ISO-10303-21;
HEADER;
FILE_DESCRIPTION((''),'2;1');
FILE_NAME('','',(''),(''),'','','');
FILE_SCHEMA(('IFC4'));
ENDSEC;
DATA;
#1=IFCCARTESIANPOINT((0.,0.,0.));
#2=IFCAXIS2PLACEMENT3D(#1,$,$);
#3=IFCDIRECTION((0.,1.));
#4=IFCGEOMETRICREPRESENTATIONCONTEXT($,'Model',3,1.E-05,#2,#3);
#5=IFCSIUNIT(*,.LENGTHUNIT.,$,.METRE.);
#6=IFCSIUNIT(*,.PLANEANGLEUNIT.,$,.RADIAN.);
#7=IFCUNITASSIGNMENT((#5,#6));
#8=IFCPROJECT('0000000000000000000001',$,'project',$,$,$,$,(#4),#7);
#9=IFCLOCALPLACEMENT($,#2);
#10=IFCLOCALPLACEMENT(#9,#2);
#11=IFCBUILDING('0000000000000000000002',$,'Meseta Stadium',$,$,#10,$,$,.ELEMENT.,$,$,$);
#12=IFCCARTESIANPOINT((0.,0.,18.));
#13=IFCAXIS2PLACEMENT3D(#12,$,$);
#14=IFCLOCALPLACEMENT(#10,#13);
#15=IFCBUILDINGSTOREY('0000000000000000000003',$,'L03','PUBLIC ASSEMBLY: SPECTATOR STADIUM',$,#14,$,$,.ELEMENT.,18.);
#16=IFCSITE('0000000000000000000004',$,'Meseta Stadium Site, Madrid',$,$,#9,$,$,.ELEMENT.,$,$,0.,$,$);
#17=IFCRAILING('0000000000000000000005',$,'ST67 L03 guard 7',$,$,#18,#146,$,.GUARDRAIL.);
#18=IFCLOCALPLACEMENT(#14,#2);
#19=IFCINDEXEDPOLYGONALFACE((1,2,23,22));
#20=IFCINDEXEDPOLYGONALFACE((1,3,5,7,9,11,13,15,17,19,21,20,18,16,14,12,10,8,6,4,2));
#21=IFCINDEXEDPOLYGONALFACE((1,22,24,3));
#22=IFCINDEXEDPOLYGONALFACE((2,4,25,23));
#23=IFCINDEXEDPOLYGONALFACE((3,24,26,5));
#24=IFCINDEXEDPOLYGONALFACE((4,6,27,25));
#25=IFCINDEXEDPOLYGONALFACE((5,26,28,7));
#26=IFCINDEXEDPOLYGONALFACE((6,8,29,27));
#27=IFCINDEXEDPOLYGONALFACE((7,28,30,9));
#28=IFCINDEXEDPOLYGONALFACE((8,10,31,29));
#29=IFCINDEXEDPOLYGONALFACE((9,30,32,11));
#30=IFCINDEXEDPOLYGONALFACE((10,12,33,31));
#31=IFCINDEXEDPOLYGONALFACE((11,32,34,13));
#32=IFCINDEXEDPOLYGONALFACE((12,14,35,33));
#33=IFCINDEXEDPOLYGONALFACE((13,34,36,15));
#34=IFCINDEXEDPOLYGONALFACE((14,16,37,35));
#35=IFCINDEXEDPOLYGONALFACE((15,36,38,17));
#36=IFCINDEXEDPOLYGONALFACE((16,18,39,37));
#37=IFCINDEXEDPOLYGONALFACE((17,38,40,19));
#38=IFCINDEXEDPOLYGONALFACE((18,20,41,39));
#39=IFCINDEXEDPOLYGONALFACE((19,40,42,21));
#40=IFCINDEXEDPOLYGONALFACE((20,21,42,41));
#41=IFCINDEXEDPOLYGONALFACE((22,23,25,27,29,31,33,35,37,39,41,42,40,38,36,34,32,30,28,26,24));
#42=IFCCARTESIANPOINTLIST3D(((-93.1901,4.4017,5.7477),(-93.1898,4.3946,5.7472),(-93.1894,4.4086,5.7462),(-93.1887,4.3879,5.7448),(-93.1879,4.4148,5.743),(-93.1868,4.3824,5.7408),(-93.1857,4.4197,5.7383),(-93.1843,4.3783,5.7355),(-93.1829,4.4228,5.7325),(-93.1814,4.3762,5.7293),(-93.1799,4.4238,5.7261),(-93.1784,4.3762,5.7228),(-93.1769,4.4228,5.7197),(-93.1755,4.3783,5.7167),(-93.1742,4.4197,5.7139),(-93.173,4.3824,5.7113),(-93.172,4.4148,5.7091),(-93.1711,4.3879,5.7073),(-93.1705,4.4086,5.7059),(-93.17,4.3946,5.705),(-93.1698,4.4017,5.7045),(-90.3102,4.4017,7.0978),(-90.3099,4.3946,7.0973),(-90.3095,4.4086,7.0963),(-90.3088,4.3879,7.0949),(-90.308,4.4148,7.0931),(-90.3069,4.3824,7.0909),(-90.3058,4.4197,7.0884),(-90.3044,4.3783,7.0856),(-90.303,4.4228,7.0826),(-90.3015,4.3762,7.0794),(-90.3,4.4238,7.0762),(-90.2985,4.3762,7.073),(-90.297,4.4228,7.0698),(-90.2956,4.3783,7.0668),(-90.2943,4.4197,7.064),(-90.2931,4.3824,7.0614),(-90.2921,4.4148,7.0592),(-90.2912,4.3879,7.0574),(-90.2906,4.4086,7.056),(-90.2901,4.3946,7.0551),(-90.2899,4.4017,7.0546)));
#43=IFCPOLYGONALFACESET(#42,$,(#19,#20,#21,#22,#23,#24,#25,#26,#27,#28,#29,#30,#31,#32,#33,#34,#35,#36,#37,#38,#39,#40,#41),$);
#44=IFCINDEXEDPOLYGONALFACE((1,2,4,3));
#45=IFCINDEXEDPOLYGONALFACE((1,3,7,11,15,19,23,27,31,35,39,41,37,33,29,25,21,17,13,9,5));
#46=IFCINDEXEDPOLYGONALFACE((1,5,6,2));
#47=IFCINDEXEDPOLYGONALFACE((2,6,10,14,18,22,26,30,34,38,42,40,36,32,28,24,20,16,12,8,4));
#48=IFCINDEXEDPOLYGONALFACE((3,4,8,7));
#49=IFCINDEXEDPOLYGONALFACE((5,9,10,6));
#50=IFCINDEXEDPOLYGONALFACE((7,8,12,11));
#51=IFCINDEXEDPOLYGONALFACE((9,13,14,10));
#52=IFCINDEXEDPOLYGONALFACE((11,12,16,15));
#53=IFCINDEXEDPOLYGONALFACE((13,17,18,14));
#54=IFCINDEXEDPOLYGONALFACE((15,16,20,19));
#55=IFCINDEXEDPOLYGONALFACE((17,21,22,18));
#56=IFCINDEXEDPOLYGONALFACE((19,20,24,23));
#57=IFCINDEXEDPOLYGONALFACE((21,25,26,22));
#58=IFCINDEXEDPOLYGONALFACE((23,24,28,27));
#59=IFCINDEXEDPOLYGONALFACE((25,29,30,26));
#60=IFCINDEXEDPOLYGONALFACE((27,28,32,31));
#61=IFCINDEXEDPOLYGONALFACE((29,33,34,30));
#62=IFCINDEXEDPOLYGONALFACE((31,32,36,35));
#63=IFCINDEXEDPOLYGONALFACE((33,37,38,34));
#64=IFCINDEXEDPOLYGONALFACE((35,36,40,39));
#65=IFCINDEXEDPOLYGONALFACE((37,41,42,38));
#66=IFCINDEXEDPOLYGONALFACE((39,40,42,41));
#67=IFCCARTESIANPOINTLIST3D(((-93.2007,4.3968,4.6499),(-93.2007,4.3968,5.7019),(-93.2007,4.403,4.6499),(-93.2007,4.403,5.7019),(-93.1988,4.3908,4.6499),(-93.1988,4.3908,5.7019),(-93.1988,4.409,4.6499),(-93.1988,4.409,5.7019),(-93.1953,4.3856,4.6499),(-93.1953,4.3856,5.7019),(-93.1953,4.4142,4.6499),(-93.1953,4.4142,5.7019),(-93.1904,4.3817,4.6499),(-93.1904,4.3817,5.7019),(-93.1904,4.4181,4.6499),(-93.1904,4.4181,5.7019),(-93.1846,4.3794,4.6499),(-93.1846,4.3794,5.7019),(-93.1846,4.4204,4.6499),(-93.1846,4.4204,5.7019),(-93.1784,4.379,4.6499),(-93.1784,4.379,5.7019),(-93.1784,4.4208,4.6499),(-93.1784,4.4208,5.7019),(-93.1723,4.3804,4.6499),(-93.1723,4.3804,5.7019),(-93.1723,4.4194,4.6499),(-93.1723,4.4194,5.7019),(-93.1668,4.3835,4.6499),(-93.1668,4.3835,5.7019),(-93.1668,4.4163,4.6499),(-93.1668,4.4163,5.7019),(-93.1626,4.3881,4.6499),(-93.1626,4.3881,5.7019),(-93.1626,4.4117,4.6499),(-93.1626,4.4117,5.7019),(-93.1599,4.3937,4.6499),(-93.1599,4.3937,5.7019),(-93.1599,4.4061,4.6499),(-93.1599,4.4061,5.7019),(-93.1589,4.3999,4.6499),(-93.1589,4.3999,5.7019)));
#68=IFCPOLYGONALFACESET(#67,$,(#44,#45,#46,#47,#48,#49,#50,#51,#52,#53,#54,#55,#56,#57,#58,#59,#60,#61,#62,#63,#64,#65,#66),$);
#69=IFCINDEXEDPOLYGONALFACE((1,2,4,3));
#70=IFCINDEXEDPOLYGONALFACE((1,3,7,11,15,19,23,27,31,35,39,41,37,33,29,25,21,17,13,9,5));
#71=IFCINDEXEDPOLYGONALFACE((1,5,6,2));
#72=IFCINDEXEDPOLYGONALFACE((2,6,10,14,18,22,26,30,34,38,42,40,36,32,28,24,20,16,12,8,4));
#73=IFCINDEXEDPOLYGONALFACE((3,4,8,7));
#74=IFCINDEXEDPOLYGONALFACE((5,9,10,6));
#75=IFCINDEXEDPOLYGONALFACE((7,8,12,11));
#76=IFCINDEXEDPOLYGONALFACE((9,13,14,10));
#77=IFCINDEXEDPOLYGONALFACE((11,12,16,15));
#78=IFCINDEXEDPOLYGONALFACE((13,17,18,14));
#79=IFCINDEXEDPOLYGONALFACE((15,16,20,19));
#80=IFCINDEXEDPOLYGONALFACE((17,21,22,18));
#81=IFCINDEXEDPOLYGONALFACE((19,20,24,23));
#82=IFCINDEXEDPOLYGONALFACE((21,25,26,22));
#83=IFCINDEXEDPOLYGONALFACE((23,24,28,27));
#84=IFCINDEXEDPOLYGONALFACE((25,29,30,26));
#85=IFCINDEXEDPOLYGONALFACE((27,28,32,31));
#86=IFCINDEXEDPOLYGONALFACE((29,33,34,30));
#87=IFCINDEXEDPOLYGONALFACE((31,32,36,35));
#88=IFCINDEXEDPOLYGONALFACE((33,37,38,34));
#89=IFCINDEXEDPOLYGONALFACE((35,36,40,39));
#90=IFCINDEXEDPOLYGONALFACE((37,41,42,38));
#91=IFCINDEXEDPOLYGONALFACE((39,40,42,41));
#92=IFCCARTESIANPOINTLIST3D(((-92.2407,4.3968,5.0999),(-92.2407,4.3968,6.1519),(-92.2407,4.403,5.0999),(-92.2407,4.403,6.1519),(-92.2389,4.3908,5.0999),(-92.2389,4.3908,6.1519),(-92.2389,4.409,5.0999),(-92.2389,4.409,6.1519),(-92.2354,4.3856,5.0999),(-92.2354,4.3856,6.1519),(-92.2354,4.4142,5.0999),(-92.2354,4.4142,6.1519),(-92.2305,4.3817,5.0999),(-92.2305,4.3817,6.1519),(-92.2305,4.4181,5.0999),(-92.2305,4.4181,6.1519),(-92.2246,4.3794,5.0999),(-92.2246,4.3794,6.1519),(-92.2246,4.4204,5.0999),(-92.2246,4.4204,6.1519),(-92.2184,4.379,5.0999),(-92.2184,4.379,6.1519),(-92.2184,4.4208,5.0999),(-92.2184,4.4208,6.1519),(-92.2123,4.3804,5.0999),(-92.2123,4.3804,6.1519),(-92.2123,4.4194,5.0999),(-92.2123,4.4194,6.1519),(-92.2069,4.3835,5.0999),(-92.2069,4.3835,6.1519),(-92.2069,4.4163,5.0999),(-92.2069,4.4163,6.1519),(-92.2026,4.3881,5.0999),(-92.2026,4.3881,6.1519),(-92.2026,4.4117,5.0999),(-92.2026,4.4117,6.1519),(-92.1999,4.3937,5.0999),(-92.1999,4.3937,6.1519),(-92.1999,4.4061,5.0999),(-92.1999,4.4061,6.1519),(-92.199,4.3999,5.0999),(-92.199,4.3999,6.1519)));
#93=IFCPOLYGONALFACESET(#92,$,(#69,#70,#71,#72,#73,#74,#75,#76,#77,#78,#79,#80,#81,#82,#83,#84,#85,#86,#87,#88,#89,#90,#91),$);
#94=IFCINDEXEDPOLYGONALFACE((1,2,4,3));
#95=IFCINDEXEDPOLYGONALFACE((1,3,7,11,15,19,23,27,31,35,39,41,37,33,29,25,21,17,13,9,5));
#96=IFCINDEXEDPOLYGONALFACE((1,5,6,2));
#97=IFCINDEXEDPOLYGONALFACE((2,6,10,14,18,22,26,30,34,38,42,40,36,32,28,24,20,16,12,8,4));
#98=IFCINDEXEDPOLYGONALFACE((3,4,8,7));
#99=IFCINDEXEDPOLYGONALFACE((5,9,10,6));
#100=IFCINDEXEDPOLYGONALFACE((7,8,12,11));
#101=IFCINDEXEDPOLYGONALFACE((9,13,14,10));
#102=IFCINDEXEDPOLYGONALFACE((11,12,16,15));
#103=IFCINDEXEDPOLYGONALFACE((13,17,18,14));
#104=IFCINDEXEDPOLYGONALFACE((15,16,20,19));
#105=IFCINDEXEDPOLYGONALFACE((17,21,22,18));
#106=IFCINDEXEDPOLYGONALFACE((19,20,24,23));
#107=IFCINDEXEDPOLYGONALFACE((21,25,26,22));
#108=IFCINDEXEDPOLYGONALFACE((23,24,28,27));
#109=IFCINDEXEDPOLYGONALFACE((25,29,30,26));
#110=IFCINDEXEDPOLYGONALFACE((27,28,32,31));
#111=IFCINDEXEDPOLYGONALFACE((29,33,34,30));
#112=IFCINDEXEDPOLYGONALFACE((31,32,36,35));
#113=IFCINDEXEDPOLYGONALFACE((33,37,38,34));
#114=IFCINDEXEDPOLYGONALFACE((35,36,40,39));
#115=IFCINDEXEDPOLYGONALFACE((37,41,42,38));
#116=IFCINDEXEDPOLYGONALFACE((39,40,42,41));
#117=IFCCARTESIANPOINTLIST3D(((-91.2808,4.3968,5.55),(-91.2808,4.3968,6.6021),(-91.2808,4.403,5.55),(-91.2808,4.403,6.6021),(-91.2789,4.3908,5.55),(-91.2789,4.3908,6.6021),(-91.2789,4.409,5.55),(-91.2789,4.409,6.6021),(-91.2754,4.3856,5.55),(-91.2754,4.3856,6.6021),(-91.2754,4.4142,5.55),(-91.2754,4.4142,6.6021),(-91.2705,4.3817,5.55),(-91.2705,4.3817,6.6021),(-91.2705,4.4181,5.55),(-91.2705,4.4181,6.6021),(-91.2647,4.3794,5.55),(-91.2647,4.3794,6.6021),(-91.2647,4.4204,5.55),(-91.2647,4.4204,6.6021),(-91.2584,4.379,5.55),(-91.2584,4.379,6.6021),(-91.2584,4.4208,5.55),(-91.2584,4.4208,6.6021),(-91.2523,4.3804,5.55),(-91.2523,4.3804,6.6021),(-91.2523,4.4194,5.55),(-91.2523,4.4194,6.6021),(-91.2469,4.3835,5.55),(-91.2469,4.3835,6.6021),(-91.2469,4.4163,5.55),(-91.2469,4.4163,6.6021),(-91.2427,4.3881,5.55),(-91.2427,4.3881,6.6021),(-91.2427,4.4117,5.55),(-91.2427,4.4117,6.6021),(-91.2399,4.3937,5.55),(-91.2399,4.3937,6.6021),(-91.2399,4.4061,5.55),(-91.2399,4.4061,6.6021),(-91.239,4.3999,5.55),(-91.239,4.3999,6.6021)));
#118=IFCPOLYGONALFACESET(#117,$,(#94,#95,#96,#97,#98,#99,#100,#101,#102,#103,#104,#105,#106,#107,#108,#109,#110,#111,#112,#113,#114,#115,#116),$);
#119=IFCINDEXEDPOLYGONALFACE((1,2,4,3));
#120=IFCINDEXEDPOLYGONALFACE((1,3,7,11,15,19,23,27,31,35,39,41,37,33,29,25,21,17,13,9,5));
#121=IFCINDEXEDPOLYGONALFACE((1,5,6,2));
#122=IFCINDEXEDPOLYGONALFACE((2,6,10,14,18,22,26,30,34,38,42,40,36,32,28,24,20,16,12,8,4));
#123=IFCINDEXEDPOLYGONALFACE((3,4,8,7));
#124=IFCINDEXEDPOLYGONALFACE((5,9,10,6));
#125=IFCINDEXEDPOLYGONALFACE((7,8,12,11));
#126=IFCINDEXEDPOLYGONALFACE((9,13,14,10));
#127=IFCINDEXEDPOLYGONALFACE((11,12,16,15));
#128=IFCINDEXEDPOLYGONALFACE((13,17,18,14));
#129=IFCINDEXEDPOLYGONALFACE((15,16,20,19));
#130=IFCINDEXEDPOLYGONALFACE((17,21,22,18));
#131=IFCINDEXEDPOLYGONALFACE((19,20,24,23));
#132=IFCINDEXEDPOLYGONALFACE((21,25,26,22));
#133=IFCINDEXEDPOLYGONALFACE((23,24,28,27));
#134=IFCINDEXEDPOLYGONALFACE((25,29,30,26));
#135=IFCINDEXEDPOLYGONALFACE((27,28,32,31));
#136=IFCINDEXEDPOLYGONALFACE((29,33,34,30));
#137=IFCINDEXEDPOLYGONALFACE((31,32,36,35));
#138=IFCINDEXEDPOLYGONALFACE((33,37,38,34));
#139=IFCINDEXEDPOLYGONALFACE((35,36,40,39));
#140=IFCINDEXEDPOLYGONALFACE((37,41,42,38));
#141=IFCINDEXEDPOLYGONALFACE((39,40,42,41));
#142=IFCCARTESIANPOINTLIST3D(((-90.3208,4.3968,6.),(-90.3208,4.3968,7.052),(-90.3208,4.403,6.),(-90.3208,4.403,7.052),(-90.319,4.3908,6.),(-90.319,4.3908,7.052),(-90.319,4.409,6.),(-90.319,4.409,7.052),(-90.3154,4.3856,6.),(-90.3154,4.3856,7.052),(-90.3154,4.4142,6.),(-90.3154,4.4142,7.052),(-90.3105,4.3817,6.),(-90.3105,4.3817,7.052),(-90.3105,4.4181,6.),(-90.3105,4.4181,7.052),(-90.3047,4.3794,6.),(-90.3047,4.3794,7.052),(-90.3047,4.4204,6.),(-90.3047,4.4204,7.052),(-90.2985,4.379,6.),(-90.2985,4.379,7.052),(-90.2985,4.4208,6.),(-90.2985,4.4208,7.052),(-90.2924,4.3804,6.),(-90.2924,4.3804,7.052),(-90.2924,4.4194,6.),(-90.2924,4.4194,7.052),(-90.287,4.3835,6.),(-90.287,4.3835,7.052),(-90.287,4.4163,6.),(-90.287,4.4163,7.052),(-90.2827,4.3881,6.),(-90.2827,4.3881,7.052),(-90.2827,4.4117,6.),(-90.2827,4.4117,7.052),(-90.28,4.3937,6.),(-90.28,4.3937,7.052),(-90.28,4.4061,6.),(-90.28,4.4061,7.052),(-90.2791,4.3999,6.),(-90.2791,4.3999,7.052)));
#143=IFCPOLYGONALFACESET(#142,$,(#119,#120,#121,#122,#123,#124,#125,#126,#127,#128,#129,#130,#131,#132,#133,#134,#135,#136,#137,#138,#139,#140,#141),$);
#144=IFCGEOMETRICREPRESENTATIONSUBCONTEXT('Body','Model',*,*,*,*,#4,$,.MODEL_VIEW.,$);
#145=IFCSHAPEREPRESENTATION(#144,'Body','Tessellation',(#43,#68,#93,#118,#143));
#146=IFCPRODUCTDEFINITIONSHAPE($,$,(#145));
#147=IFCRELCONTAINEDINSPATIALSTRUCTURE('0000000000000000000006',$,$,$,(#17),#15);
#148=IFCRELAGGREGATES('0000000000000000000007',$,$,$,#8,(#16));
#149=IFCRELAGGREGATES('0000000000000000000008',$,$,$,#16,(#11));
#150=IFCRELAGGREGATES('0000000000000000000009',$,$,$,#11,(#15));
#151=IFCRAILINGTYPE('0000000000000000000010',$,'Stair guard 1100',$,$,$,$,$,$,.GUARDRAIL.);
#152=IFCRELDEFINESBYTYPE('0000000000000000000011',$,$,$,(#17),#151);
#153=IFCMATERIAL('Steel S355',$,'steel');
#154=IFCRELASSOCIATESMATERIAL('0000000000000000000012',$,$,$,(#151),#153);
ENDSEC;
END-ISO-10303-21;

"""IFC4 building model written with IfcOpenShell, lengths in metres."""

from ifc_helpers import new_model, si_unit, direction, frame, origin, origin_2d, place, context, subcontext, project, spatial, circle, extrude, material, type_object, element, save


model = new_model("IFC4")

# Units and contexts
model_context = context("Model", 3, precision=1e-05, world=origin(), true_north=direction((0.0, 1.0)))
body_context = subcontext(model_context, "Body", "Model", "MODEL_VIEW")
ifc_project = project(units=[si_unit("LENGTHUNIT", "METRE"), si_unit("PLANEANGLEUNIT", "RADIAN")], contexts=[model_context])

# Site, building, storey
site_placement = place(None, origin())
site = spatial("IfcSite", under=ifc_project, at=site_placement, Name="Meseta Stadium Site, Madrid", CompositionType="ELEMENT", RefElevation=0.0)
building_placement = place(site_placement, origin())
building = spatial("IfcBuilding", under=site, at=building_placement, Name="Meseta Stadium", CompositionType="ELEMENT")
storey_placement = place(building_placement, frame((0.0, 0.0, 18.0)))
storey = spatial("IfcBuildingStorey", under=building, at=storey_placement, Name="L03", Description="PUBLIC ASSEMBLY: SPECTATOR STADIUM", CompositionType="ELEMENT", Elevation=18.0)

# Railing
ifc_material_1 = material(Name="Steel S355", Category="steel")
railing_type_1 = type_object("IfcRailingType", Name="Stair guard 1100", PredefinedType="GUARDRAIL", material=ifc_material_1)
for number, where, name in (
    (1, (-93.1799, 4.3999, 4.6499), "ST67 L03 guard 7"),
):
    element("IfcRailing", number, at=place(storey_placement, frame(where)), inside=storey, type_object=railing_type_1, Name=name, PredefinedType="GUARDRAIL", context=body_context, shape_type="SweptSolid", body=[
        extrude(circle(Radius=0.0239, at=origin_2d()), frame((0.0, 0.0, 1.0762), z_axis=(0.90544, 0.0, 0.424473), x_axis=(0.0, 1.0, 0.0)), (0.0, 0.0, 1.0), 3.1807),
        extrude(circle(Radius=0.021, at=origin_2d()), origin(), (0.0, 0.0, 1.0), 1.052),
        extrude(circle(Radius=0.021, at=origin_2d()), frame((0.96, 0.0, 0.45)), (0.0, 0.0, 1.0), 1.052),
        extrude(circle(Radius=0.021, at=origin_2d()), frame((1.9199, 0.0, 0.9001)), (0.0, 0.0, 1.0), 1.052),
        extrude(circle(Radius=0.021, at=origin_2d()), frame((2.8799, 0.0, 1.3501)), (0.0, 0.0, 1.0), 1.052),
    ])

save(model, "model.ifc")
